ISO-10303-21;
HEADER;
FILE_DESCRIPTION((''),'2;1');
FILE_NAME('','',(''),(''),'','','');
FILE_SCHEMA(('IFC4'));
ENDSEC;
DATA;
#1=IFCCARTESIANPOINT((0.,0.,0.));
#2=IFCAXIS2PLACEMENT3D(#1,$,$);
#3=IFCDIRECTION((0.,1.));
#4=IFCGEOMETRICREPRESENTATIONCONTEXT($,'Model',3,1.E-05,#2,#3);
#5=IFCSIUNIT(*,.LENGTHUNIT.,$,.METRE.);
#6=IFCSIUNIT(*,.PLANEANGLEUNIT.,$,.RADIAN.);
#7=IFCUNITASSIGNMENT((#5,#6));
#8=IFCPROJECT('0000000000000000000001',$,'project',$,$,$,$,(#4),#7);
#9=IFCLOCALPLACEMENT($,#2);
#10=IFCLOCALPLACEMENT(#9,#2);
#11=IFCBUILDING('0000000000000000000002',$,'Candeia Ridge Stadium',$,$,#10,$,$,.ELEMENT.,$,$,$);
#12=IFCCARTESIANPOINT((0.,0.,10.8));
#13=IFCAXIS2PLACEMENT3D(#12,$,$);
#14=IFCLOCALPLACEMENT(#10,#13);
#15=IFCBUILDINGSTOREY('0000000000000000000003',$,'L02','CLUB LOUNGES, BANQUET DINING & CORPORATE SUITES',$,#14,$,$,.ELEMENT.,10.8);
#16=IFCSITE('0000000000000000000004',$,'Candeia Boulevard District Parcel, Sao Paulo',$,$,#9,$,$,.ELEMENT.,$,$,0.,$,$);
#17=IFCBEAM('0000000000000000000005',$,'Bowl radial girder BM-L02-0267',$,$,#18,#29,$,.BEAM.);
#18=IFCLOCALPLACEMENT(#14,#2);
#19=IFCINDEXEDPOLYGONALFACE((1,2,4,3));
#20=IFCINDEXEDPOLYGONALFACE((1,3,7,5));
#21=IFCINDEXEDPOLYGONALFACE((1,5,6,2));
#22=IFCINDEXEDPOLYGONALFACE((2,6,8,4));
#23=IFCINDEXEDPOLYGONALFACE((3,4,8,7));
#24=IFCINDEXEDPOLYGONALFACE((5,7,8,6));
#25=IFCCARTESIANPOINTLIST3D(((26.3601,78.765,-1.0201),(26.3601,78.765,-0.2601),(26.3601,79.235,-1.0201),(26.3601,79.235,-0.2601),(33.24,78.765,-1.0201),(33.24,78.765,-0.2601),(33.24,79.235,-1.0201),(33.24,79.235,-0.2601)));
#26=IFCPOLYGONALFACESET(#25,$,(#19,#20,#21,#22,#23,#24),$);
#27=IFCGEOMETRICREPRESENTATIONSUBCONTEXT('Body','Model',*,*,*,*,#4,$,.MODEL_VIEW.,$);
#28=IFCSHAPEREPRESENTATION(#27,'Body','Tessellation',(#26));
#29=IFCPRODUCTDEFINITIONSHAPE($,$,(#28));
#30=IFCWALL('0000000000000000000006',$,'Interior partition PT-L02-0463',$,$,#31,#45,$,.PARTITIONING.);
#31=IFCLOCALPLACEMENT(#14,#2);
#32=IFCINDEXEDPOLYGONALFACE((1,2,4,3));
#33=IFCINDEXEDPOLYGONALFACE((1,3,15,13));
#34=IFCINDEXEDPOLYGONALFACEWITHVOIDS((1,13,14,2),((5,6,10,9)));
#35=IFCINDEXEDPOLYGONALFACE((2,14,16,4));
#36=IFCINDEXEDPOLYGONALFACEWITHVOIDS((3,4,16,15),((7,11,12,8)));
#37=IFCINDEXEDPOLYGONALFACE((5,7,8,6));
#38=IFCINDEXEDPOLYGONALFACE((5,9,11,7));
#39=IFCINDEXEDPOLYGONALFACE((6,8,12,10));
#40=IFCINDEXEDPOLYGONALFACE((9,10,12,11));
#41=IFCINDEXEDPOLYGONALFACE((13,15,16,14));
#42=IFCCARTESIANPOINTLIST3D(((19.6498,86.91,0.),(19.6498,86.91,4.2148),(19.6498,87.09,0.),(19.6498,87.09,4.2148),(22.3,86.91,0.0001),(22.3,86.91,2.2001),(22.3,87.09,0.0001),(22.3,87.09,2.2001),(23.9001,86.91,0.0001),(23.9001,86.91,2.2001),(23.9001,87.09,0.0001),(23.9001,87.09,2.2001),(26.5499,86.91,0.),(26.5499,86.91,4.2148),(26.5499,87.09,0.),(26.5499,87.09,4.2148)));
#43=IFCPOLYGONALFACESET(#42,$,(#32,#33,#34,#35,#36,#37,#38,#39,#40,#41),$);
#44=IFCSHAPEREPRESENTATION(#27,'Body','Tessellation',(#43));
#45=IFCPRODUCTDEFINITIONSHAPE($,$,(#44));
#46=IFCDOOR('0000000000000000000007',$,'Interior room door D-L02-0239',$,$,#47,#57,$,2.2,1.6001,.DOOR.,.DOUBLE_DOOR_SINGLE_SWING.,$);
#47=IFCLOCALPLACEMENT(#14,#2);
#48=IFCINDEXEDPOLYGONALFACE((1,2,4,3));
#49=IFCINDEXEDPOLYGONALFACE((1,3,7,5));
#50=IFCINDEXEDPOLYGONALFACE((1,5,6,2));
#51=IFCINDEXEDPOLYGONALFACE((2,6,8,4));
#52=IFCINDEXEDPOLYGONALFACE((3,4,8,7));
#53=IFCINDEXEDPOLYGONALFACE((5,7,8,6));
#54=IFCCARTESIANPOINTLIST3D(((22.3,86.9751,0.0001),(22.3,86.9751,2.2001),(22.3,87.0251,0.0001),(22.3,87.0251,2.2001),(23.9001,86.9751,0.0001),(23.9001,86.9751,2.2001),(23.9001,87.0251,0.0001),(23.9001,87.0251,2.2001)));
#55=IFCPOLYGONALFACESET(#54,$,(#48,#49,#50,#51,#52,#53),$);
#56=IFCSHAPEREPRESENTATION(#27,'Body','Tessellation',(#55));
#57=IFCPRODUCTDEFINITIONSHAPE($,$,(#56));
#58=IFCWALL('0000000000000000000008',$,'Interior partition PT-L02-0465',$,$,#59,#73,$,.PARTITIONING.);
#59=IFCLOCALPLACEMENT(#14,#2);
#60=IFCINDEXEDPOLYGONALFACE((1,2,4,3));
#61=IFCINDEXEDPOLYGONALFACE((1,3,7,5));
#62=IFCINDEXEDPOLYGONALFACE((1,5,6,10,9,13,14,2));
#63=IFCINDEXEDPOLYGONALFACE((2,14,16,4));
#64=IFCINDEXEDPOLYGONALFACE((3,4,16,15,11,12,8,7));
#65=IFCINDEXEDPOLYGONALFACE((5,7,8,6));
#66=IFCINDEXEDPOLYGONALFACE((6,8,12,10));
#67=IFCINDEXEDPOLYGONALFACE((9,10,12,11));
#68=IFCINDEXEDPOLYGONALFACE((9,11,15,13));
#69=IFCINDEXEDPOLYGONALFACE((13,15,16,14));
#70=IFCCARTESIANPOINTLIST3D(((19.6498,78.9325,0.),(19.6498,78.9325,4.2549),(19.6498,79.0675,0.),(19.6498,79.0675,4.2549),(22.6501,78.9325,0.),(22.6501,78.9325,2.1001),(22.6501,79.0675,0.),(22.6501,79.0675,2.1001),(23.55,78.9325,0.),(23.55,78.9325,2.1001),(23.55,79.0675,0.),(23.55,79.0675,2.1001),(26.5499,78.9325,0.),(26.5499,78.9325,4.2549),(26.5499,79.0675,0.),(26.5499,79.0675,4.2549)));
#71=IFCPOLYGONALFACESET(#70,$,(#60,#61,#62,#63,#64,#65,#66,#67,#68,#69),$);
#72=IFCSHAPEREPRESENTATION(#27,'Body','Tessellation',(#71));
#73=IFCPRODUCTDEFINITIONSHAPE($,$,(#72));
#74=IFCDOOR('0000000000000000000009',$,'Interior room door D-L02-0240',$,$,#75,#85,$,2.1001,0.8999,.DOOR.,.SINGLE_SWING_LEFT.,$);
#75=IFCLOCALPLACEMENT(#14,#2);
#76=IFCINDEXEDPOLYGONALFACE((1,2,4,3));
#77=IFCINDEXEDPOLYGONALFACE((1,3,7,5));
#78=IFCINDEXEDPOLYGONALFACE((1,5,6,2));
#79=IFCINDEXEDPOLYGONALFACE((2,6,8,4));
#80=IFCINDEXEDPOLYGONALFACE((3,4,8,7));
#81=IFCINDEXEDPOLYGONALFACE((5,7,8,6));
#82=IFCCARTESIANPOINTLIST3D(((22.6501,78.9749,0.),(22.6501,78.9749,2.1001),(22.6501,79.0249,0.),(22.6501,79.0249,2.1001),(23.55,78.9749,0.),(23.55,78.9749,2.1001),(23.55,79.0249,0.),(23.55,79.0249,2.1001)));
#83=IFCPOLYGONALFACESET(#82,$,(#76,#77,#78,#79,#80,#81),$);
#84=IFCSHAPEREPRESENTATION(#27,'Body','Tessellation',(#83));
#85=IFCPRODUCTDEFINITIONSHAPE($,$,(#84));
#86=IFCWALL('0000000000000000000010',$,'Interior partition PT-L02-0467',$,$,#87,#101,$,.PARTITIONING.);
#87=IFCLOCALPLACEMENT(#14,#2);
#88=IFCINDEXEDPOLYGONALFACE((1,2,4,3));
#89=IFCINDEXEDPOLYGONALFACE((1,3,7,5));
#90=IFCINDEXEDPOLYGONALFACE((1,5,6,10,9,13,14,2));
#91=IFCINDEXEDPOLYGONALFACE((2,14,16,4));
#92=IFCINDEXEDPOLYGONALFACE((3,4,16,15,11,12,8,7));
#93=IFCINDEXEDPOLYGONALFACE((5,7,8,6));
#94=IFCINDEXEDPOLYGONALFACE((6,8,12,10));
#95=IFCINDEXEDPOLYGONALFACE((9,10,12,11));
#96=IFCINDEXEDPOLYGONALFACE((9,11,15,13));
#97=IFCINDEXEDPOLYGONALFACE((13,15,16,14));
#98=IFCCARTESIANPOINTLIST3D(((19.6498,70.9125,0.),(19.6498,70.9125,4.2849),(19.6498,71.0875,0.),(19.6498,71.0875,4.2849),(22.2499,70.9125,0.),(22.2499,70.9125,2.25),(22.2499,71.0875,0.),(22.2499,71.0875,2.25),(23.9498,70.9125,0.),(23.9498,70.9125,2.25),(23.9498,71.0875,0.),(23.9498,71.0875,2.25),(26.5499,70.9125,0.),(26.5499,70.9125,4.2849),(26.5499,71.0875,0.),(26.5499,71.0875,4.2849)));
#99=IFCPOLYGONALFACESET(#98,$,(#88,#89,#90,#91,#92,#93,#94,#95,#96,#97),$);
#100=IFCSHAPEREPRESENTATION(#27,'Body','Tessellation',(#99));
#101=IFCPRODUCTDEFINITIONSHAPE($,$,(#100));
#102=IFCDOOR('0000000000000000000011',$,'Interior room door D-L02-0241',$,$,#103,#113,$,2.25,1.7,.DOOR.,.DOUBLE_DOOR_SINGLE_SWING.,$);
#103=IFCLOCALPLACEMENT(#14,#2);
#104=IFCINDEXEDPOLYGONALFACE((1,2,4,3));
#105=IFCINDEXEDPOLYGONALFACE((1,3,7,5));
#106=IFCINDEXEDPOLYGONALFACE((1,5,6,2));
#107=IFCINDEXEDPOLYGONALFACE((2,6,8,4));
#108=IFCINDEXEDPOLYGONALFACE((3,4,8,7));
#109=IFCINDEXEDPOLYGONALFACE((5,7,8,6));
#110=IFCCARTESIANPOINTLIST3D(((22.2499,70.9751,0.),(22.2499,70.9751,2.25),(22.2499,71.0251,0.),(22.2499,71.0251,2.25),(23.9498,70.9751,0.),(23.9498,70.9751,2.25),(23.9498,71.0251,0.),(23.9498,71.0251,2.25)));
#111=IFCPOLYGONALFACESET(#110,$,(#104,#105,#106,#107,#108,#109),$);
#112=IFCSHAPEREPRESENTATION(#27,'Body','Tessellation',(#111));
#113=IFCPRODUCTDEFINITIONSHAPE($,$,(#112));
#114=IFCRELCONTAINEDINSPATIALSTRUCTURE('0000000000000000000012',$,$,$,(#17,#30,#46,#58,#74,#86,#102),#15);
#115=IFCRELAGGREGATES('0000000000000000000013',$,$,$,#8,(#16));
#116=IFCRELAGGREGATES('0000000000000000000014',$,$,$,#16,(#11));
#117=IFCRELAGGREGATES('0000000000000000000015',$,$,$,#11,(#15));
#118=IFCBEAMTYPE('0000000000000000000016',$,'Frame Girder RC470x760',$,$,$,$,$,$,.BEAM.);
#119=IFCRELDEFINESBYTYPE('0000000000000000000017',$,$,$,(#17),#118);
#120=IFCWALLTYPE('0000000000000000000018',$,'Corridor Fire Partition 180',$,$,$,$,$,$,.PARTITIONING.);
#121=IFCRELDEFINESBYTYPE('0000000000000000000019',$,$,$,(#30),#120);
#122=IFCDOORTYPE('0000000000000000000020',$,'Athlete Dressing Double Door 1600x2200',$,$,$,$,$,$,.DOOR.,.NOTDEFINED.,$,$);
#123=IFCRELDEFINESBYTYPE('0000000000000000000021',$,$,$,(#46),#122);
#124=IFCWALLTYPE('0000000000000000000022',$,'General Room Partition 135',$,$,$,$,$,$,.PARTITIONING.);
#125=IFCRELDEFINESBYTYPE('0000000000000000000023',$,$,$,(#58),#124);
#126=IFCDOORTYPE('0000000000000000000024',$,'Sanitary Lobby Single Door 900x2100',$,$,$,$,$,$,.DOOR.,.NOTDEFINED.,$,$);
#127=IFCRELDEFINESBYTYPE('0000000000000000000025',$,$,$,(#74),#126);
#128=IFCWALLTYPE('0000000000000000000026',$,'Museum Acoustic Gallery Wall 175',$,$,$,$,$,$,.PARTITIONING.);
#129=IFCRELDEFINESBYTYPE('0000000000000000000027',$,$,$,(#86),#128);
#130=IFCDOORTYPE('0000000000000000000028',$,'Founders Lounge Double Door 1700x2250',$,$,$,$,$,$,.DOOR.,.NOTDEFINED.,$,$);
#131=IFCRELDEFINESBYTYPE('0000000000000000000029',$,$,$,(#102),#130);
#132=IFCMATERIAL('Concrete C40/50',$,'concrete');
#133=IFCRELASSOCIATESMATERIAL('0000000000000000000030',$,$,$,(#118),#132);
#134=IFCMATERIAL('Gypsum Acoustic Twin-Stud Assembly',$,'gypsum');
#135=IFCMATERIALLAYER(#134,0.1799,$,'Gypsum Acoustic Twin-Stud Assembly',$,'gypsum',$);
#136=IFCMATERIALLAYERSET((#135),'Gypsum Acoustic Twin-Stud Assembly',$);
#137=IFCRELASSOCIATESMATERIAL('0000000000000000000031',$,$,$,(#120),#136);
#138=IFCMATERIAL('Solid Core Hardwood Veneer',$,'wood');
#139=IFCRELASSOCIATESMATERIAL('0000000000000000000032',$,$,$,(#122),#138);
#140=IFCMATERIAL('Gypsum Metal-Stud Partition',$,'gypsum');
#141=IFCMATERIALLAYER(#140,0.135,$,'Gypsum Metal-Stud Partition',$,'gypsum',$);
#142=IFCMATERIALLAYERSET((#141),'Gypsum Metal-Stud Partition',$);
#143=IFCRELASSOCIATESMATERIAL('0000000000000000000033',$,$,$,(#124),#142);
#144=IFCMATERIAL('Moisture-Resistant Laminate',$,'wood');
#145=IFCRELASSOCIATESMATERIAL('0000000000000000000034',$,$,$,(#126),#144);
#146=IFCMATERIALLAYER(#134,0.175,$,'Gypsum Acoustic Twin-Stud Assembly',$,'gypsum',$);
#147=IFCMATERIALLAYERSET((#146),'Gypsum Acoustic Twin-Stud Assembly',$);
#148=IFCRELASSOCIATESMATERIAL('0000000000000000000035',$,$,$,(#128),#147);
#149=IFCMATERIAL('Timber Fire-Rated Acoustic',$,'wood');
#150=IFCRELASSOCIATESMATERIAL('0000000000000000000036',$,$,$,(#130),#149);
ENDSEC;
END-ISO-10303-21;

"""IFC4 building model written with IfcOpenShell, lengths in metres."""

from ifc_helpers import new_model, si_unit, direction, frame, frame_2d, origin, origin_2d, place, context, subcontext, project, spatial, rectangle, extrude, material, layer, layer_set, material_profile, profile_set, type_object, element, fill, save


model = new_model("IFC4")

# Units and contexts
model_context = context("Model", 3, precision=1e-05, world=origin(), true_north=direction((0.0, 1.0)))
body_context = subcontext(model_context, "Body", "Model", "MODEL_VIEW")
ifc_project = project(units=[si_unit("LENGTHUNIT", "METRE"), si_unit("PLANEANGLEUNIT", "RADIAN")], contexts=[model_context])

# Site, building, storey
site_placement = place(None, origin())
site = spatial("IfcSite", under=ifc_project, at=site_placement, Name="Candeia Boulevard District Parcel, Sao Paulo", CompositionType="ELEMENT", RefElevation=0.0)
building_placement = place(site_placement, origin())
building = spatial("IfcBuilding", under=site, at=building_placement, Name="Candeia Ridge Stadium", CompositionType="ELEMENT")
storey_placement = place(building_placement, frame((0.0, 0.0, 10.8)))
storey = spatial("IfcBuildingStorey", under=building, at=storey_placement, Name="L02", Description="CLUB LOUNGES, BANQUET DINING & CORPORATE SUITES", CompositionType="ELEMENT", Elevation=10.8)

# Shared definitions
ifc_material_1 = material(Name="Concrete C40/50", Category="concrete")

# Beam
ifc_material_profile_1 = material_profile(ifc_material_1, rectangle(XDim=0.47, YDim=0.76, at=origin_2d()), Name="RC470x760", Category="concrete")
ifc_profile_set_1 = profile_set([ifc_material_profile_1], Name="Concrete C40/50")
beam_type_1 = type_object("IfcBeamType", Name="Frame Girder RC470x760", PredefinedType="BEAM", material=ifc_profile_set_1)
beam_1_placement = place(storey_placement, frame((33.24, 79.0, -0.6401), z_axis=(-1.0, 0.0, 0.0), x_axis=(0.0, -1.0, 0.0)))
element("IfcBeam", 1, at=beam_1_placement, inside=storey, type_object=beam_type_1, Name="Bowl radial girder BM-L02-0267", PredefinedType="BEAM", context=body_context, shape_type="SweptSolid", body=[
    extrude(rectangle(XDim=0.47, YDim=0.76, at=origin_2d()), origin(), (0.0, 0.0, 1.0), 6.8799),
])

# Walls, openings, doors
ifc_material_2 = material(Name="Gypsum Acoustic Twin-Stud Assembly", Category="gypsum")
ifc_layer_1 = layer(ifc_material_2, 0.1799, Name="Gypsum Acoustic Twin-Stud Assembly", Category="gypsum")
ifc_layer_set_1 = layer_set([ifc_layer_1], Name="Gypsum Acoustic Twin-Stud Assembly")
wall_type_1 = type_object("IfcWallType", Name="Corridor Fire Partition 180", PredefinedType="PARTITIONING", material=ifc_layer_set_1)
wall_1_placement = place(storey_placement, frame((26.55, 87.0, 0.0), z_axis=(0.0, 0.0, 1.0), x_axis=(-1.0, 0.0, 0.0)))
wall_1 = element("IfcWall", 2, at=wall_1_placement, inside=storey, type_object=wall_type_1, Name="Interior partition PT-L02-0463", PredefinedType="PARTITIONING", context=body_context, shape_type="SweptSolid", body=[
    extrude(rectangle(XDim=6.9001, YDim=0.1799, at=frame_2d((3.4502, 0.0))), origin(), (0.0, 0.0, 1.0), 4.2148),
])
opening_1_placement = place(wall_1_placement, frame((2.6499, 0.0, 0.0)))
opening_1 = element("IfcOpeningElement", 3, at=opening_1_placement, cuts=wall_1, PredefinedType="OPENING", context=body_context, shape_type="SweptSolid", body=[
    extrude(rectangle(XDim=1.6001, YDim=2.2, at=frame_2d((0.8, 1.1001))), frame((0.0, 0.0999, 0.0), z_axis=(0.0, -1.0, 0.0), x_axis=(1.0, 0.0, 0.0)), (0.0, 0.0, 1.0), 0.2),
])
ifc_material_3 = material(Name="Solid Core Hardwood Veneer", Category="wood")
door_type_1 = type_object("IfcDoorType", Name="Athlete Dressing Double Door 1600x2200", OperationType="NOTDEFINED", PredefinedType="DOOR", material=ifc_material_3)
door_1_placement = place(opening_1_placement, origin())
door_1 = element("IfcDoor", 4, at=door_1_placement, inside=storey, type_object=door_type_1, Name="Interior room door D-L02-0239", OperationType="DOUBLE_DOOR_SINGLE_SWING", OverallHeight=2.2, OverallWidth=1.6001, PredefinedType="DOOR", context=body_context, shape_type="SweptSolid", body=[
    extrude(rectangle(XDim=1.6001, YDim=2.2, at=frame_2d((0.8, 1.1001))), frame((0.0, 0.0249, 0.0), z_axis=(0.0, -1.0, 0.0), x_axis=(1.0, 0.0, 0.0)), (0.0, 0.0, 1.0), 0.05),
])
fill(opening_1, door_1)
ifc_material_4 = material(Name="Gypsum Metal-Stud Partition", Category="gypsum")
ifc_layer_2 = layer(ifc_material_4, 0.135, Name="Gypsum Metal-Stud Partition", Category="gypsum")
ifc_layer_set_2 = layer_set([ifc_layer_2], Name="Gypsum Metal-Stud Partition")
wall_type_2 = type_object("IfcWallType", Name="General Room Partition 135", PredefinedType="PARTITIONING", material=ifc_layer_set_2)
wall_2_placement = place(storey_placement, frame((26.55, 79.0, 0.0), z_axis=(0.0, 0.0, 1.0), x_axis=(-1.0, 0.0, 0.0)))
wall_2 = element("IfcWall", 5, at=wall_2_placement, inside=storey, type_object=wall_type_2, Name="Interior partition PT-L02-0465", PredefinedType="PARTITIONING", context=body_context, shape_type="SweptSolid", body=[
    extrude(rectangle(XDim=6.9001, YDim=0.135, at=frame_2d((3.4502, 0.0))), origin(), (0.0, 0.0, 1.0), 4.2549),
])
opening_2_placement = place(wall_2_placement, frame((3.0, 0.0, 0.0)))
opening_2 = element("IfcOpeningElement", 6, at=opening_2_placement, cuts=wall_2, PredefinedType="OPENING", context=body_context, shape_type="SweptSolid", body=[
    extrude(rectangle(XDim=0.8999, YDim=2.1001, at=frame_2d((0.45, 1.05))), frame((0.0, 0.0774, 0.0), z_axis=(0.0, -1.0, 0.0), x_axis=(1.0, 0.0, 0.0)), (0.0, 0.0, 1.0), 0.155),
])
ifc_material_5 = material(Name="Moisture-Resistant Laminate", Category="wood")
door_type_2 = type_object("IfcDoorType", Name="Sanitary Lobby Single Door 900x2100", OperationType="NOTDEFINED", PredefinedType="DOOR", material=ifc_material_5)
door_2_placement = place(opening_2_placement, frame((0.8999, 0.0, 0.0), z_axis=(0.0, 0.0, 1.0), x_axis=(-1.0, 0.0, 0.0)))
door_2 = element("IfcDoor", 7, at=door_2_placement, inside=storey, type_object=door_type_2, Name="Interior room door D-L02-0240", OperationType="SINGLE_SWING_LEFT", OverallHeight=2.1001, OverallWidth=0.8999, PredefinedType="DOOR", context=body_context, shape_type="SweptSolid", body=[
    extrude(rectangle(XDim=0.8999, YDim=2.1001, at=frame_2d((0.45, 1.05))), frame((0.0, 0.0249, 0.0), z_axis=(0.0, -1.0, 0.0), x_axis=(1.0, 0.0, 0.0)), (0.0, 0.0, 1.0), 0.05),
])
fill(opening_2, door_2)
ifc_layer_3 = layer(ifc_material_2, 0.175, Name="Gypsum Acoustic Twin-Stud Assembly", Category="gypsum")
ifc_layer_set_3 = layer_set([ifc_layer_3], Name="Gypsum Acoustic Twin-Stud Assembly")
wall_type_3 = type_object("IfcWallType", Name="Museum Acoustic Gallery Wall 175", PredefinedType="PARTITIONING", material=ifc_layer_set_3)
wall_3_placement = place(storey_placement, frame((26.55, 71.0, 0.0), z_axis=(0.0, 0.0, 1.0), x_axis=(-1.0, 0.0, 0.0)))
wall_3 = element("IfcWall", 8, at=wall_3_placement, inside=storey, type_object=wall_type_3, Name="Interior partition PT-L02-0467", PredefinedType="PARTITIONING", context=body_context, shape_type="SweptSolid", body=[
    extrude(rectangle(XDim=6.9001, YDim=0.175, at=frame_2d((3.4502, 0.0))), origin(), (0.0, 0.0, 1.0), 4.2849),
])
opening_3_placement = place(wall_3_placement, frame((2.6001, 0.0, 0.0)))
opening_3 = element("IfcOpeningElement", 9, at=opening_3_placement, cuts=wall_3, PredefinedType="OPENING", context=body_context, shape_type="SweptSolid", body=[
    extrude(rectangle(XDim=1.7, YDim=2.25, at=frame_2d((0.8501, 1.125))), frame((0.0, 0.0974, 0.0), z_axis=(0.0, -1.0, 0.0), x_axis=(1.0, 0.0, 0.0)), (0.0, 0.0, 1.0), 0.1951),
])
ifc_material_6 = material(Name="Timber Fire-Rated Acoustic", Category="wood")
door_type_3 = type_object("IfcDoorType", Name="Founders Lounge Double Door 1700x2250", OperationType="NOTDEFINED", PredefinedType="DOOR", material=ifc_material_6)
door_3_placement = place(opening_3_placement, origin())
door_3 = element("IfcDoor", 10, at=door_3_placement, inside=storey, type_object=door_type_3, Name="Interior room door D-L02-0241", OperationType="DOUBLE_DOOR_SINGLE_SWING", OverallHeight=2.25, OverallWidth=1.7, PredefinedType="DOOR", context=body_context, shape_type="SweptSolid", body=[
    extrude(rectangle(XDim=1.7, YDim=2.25, at=frame_2d((0.8501, 1.125))), frame((0.0, 0.0249, 0.0), z_axis=(0.0, -1.0, 0.0), x_axis=(1.0, 0.0, 0.0)), (0.0, 0.0, 1.0), 0.05),
])
fill(opening_3, door_3)

save(model, "model.ifc")
